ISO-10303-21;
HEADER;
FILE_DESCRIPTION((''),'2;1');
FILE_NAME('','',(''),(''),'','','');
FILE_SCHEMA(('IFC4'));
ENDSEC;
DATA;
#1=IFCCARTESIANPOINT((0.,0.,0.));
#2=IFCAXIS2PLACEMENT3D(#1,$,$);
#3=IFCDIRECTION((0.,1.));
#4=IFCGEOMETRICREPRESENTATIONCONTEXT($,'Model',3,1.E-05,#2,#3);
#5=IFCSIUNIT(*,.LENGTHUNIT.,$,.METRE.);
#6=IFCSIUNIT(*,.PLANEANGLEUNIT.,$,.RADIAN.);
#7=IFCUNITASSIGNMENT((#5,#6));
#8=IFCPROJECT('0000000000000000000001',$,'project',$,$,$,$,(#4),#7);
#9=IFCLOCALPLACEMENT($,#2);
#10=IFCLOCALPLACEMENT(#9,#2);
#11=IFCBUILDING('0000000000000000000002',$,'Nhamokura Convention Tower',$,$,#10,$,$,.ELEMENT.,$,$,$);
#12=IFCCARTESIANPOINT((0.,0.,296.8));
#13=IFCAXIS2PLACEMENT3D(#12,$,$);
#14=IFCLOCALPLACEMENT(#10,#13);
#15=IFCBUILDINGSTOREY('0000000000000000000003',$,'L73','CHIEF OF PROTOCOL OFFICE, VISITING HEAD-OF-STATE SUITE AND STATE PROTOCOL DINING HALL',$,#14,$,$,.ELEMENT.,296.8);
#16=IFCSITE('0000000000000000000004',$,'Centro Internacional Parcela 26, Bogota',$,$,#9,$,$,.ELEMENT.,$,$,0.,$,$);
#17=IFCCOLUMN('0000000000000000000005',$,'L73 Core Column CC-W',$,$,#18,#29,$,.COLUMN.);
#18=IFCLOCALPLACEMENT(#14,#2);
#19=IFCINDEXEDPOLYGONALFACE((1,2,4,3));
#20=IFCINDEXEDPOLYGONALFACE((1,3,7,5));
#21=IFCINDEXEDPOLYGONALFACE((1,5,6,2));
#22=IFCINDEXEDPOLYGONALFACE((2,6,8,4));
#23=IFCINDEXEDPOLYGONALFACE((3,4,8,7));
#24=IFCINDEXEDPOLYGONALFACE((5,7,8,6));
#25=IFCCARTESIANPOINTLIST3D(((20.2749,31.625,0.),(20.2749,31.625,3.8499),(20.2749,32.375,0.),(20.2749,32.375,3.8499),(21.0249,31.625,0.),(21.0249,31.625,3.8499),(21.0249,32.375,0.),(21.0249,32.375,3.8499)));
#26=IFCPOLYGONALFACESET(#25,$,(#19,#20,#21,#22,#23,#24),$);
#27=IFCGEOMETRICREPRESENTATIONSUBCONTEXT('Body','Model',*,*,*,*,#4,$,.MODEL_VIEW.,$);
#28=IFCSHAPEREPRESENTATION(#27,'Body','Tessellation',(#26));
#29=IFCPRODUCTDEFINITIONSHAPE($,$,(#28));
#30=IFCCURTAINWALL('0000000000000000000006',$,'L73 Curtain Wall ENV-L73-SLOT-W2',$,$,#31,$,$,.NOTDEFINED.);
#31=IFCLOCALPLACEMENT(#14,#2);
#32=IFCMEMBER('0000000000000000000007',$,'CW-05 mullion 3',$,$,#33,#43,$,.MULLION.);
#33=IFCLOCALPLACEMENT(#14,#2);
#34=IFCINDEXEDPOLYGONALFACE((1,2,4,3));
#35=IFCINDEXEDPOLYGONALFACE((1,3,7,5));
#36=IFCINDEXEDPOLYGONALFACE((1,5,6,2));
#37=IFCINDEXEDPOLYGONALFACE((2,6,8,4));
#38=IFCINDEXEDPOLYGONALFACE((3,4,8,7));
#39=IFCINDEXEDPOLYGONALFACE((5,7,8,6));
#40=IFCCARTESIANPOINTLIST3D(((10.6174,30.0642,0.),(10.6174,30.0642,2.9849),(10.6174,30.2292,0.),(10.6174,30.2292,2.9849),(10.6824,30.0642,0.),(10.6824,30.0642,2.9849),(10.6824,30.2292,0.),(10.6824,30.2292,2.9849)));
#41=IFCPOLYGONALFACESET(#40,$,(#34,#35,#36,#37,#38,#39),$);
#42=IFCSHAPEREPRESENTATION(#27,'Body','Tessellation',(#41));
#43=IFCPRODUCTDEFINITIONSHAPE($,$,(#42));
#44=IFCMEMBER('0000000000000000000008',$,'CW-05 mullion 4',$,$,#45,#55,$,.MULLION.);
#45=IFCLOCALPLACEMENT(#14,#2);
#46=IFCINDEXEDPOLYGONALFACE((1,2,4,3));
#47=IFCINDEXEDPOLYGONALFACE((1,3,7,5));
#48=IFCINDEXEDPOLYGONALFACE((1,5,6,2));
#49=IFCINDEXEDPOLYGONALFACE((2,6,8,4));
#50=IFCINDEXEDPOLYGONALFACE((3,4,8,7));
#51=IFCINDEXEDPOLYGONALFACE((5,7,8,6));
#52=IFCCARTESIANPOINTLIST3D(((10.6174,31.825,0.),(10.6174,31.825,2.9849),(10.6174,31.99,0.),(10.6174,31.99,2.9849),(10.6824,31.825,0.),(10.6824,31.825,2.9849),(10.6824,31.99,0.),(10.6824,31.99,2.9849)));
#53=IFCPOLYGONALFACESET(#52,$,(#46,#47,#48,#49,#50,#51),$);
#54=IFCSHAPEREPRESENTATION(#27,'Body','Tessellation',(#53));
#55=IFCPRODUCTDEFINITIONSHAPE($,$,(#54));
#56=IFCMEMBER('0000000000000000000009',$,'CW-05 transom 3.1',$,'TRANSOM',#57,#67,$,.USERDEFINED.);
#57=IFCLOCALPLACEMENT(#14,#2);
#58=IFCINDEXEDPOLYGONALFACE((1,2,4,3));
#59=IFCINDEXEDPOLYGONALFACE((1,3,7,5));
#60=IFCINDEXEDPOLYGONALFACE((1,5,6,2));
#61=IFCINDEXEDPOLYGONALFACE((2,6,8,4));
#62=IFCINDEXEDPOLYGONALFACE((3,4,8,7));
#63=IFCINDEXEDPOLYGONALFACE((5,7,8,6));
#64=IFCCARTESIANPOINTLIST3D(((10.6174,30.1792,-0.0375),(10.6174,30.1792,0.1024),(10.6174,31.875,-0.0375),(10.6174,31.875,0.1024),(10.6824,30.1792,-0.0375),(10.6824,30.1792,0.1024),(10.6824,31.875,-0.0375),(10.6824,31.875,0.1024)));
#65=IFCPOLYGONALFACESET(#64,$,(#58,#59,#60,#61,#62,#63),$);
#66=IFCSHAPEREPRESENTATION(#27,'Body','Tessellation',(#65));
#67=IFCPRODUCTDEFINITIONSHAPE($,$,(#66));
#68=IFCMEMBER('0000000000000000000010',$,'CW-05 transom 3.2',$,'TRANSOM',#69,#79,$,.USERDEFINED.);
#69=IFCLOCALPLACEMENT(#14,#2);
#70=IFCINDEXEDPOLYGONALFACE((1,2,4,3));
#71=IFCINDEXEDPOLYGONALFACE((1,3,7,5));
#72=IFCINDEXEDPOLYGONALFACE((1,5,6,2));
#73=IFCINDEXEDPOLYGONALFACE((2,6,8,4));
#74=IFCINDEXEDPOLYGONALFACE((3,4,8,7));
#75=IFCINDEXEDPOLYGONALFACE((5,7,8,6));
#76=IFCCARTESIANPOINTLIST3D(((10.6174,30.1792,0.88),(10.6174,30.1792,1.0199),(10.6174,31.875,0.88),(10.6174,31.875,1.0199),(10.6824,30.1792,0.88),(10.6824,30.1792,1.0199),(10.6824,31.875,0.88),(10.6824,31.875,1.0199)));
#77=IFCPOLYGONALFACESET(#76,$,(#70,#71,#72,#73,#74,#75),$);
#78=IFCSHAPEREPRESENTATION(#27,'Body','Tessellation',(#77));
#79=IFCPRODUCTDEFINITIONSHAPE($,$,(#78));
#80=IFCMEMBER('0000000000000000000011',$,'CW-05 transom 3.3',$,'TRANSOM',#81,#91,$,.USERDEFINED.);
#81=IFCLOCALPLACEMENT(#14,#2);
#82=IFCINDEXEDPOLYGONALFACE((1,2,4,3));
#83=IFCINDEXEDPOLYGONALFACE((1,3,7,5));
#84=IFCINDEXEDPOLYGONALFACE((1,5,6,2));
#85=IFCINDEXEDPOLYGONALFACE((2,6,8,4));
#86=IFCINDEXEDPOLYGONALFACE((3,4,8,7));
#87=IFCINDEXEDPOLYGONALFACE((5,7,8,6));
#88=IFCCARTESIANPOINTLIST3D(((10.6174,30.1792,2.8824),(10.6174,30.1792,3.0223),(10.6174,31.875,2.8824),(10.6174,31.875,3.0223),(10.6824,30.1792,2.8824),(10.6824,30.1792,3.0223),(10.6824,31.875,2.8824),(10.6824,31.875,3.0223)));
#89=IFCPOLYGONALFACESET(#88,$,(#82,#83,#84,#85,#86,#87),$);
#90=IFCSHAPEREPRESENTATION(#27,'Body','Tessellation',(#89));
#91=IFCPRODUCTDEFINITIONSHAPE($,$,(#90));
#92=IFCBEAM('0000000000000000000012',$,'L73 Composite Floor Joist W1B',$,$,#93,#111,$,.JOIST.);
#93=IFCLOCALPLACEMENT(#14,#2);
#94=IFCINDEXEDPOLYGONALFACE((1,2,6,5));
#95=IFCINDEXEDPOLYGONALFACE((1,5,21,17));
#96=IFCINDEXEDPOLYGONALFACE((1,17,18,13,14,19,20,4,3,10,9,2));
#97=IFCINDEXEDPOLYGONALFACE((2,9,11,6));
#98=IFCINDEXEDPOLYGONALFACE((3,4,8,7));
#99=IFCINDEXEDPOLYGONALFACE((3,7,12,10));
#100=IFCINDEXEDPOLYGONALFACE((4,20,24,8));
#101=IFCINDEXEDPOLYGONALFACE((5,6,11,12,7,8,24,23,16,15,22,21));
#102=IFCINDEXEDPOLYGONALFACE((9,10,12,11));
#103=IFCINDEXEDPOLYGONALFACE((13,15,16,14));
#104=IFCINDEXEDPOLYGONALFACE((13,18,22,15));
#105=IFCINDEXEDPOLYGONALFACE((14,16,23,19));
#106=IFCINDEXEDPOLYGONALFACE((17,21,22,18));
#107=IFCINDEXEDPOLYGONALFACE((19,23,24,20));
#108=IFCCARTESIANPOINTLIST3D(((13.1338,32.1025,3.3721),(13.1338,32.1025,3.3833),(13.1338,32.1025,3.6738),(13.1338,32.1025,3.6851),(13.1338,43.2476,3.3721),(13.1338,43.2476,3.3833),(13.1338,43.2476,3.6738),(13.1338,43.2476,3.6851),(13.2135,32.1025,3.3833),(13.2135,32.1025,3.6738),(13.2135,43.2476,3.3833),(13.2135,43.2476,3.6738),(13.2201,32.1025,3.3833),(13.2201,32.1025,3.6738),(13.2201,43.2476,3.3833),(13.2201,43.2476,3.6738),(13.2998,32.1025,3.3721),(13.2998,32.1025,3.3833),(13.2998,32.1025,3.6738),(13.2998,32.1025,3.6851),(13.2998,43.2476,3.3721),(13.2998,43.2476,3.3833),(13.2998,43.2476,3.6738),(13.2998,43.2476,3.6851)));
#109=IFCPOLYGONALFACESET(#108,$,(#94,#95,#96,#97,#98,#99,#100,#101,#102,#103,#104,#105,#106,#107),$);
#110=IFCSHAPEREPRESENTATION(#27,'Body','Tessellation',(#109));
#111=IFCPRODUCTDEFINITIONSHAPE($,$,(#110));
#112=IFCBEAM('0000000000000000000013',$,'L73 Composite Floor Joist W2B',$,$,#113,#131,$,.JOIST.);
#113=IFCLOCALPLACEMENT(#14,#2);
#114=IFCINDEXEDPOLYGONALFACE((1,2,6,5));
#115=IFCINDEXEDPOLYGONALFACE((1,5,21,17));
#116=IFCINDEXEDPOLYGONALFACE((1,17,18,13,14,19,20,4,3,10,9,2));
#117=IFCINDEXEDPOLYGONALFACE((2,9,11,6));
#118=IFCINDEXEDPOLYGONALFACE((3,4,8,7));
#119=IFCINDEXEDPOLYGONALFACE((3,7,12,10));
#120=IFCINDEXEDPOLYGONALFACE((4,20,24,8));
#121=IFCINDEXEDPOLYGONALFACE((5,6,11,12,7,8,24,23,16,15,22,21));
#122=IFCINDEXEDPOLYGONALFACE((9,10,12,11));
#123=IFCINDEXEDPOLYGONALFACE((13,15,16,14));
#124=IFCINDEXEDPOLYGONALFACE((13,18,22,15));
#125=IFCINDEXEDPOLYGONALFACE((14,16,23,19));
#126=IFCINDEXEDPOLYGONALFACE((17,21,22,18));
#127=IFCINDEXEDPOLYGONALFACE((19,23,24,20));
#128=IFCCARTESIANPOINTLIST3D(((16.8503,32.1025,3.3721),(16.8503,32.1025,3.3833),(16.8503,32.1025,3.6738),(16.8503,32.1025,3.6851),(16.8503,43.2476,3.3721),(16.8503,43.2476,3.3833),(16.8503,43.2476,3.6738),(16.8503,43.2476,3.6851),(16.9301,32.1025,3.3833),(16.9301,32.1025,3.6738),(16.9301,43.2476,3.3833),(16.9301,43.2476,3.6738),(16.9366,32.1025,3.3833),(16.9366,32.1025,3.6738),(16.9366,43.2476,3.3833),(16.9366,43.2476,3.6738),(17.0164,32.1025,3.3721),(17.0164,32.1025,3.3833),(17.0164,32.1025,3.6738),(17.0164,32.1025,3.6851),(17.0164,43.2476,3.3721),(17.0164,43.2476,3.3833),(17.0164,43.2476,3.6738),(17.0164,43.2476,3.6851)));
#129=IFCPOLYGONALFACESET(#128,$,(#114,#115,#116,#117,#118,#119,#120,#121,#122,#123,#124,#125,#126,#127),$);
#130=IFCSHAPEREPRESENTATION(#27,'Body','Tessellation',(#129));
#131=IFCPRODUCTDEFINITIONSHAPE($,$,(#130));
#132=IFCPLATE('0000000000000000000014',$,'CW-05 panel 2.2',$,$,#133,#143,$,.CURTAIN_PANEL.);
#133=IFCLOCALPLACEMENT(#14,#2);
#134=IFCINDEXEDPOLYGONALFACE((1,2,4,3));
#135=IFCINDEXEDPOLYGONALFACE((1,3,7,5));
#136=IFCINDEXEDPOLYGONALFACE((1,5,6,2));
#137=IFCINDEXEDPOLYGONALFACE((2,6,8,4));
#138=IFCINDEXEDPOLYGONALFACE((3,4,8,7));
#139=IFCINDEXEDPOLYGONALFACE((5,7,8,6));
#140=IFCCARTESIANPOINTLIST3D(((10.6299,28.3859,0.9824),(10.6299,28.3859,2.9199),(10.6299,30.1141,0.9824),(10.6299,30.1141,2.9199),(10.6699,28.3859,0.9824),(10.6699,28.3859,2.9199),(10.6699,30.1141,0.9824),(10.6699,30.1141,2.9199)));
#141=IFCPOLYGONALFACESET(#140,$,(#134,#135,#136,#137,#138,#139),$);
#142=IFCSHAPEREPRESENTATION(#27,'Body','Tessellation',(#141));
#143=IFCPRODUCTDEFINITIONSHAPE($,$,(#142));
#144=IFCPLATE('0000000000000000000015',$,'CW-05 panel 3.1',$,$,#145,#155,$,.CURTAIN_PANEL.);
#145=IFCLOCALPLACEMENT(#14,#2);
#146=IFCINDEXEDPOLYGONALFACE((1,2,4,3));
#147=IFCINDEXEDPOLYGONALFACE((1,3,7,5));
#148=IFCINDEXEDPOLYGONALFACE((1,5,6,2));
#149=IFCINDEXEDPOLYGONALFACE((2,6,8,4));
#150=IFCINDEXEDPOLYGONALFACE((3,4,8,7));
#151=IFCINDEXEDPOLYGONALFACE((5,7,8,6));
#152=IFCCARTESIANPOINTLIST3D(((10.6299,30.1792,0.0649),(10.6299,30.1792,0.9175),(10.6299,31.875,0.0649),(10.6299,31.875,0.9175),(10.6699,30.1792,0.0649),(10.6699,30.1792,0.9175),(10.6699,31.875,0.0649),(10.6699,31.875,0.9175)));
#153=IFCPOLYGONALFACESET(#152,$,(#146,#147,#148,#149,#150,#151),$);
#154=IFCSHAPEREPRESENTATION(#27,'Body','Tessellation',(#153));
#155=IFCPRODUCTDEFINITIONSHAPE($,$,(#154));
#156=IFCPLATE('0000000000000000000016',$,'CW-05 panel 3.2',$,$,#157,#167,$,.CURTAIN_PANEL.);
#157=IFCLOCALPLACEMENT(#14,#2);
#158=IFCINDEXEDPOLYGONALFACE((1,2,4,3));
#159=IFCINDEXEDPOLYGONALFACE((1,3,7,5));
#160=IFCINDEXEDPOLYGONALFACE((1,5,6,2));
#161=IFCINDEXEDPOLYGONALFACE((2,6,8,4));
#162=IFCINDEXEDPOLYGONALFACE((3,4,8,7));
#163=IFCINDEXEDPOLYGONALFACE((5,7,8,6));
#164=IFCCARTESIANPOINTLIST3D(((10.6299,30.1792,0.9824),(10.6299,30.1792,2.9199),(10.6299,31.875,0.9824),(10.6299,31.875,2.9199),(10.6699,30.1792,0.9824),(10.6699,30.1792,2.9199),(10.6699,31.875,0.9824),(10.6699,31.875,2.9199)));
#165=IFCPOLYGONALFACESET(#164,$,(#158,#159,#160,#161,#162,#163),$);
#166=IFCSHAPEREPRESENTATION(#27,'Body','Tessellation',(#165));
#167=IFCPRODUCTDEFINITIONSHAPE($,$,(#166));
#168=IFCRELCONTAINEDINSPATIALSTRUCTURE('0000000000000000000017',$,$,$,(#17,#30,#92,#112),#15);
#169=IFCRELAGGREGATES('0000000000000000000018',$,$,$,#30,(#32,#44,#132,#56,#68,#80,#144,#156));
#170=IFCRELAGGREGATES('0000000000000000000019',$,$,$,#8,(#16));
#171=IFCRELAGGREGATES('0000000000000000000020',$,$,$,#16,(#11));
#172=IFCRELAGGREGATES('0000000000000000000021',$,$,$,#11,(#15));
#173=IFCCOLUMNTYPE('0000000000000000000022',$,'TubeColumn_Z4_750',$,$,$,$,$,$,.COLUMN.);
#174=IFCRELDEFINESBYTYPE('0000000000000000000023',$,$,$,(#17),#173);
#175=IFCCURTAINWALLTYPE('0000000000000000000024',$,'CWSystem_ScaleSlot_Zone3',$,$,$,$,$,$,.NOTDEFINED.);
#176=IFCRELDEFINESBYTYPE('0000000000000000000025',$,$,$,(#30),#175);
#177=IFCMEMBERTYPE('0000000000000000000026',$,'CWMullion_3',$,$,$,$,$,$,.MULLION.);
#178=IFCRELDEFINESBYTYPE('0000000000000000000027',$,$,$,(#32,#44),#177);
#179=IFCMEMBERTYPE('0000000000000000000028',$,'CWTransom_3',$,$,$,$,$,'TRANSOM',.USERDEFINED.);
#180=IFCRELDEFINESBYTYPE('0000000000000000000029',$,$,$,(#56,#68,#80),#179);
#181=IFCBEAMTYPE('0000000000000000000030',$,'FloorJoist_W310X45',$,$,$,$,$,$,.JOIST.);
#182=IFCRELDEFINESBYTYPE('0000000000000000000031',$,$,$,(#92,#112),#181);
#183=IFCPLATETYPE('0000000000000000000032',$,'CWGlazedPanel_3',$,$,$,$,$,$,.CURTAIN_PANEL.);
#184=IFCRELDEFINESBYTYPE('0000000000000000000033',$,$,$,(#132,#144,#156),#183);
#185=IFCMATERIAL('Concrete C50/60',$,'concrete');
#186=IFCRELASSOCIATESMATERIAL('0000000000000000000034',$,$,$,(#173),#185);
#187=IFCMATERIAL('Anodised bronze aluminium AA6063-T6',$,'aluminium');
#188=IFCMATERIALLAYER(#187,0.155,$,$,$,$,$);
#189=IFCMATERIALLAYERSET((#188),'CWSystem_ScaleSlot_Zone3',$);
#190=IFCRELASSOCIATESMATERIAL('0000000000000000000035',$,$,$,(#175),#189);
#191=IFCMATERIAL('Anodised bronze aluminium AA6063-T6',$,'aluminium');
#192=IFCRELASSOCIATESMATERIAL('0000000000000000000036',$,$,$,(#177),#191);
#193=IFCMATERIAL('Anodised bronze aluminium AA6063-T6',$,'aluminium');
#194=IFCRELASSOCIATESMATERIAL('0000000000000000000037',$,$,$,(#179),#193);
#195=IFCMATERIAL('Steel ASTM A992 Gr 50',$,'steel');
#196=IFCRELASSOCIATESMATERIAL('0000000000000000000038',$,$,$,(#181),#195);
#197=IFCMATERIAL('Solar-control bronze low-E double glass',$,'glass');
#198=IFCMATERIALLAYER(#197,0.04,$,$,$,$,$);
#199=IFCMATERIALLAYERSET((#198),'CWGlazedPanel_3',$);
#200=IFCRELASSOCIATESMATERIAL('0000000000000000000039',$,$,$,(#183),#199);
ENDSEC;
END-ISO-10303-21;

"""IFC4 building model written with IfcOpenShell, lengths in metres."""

from ifc_helpers import new_model, si_unit, direction, frame, origin, origin_2d, place, context, subcontext, project, spatial, rectangle, i_section, extrude, material, layer, layer_set, material_profile, profile_set, type_object, element, aggregate, save


model = new_model("IFC4")

# Units and contexts
model_context = context("Model", 3, precision=1e-05, world=origin(), true_north=direction((0.0, 1.0)))
body_context = subcontext(model_context, "Body", "Model", "MODEL_VIEW")
ifc_project = project(units=[si_unit("LENGTHUNIT", "METRE"), si_unit("PLANEANGLEUNIT", "RADIAN")], contexts=[model_context])

# Site, building, storey
site_placement = place(None, origin())
site = spatial("IfcSite", under=ifc_project, at=site_placement, Name="Centro Internacional Parcela 26, Bogota", CompositionType="ELEMENT", RefElevation=0.0)
building_placement = place(site_placement, origin())
building = spatial("IfcBuilding", under=site, at=building_placement, Name="Nhamokura Convention Tower", CompositionType="ELEMENT")
storey_placement = place(building_placement, frame((0.0, 0.0, 296.8)))
storey = spatial("IfcBuildingStorey", under=building, at=storey_placement, Name="L73", Description="CHIEF OF PROTOCOL OFFICE, VISITING HEAD-OF-STATE SUITE AND STATE PROTOCOL DINING HALL", CompositionType="ELEMENT", Elevation=296.8)

# Column
ifc_material_1 = material(Name="Concrete C50/60", Category="concrete")
ifc_material_profile_1 = material_profile(ifc_material_1, rectangle(XDim=0.75, YDim=0.75, at=origin_2d()))
ifc_profile_set_1 = profile_set([ifc_material_profile_1], Name="Concrete C50/60")
column_type = type_object("IfcColumnType", Name="TubeColumn_Z4_750", PredefinedType="COLUMN", material=ifc_profile_set_1)
column_placement = place(storey_placement, frame((20.6499, 32.0, 0.0), z_axis=(0.0, 0.0, 1.0), x_axis=(1.0, 0.0, 0.0)))
element("IfcColumn", 1, at=column_placement, inside=storey, type_object=column_type, Name="L73 Core Column CC-W", PredefinedType="COLUMN", context=body_context, shape_type="SweptSolid", body=[
    extrude(rectangle(XDim=0.75, YDim=0.75, at=origin_2d()), origin(), (0.0, 0.0, 1.0), 3.8499),
])

# Curtain wall, members
ifc_material_2 = material(Name="Anodised bronze aluminium AA6063-T6", Category="aluminium")
ifc_layer_1 = layer(ifc_material_2, 0.155)
ifc_layer_set_1 = layer_set([ifc_layer_1], Name="CWSystem_ScaleSlot_Zone3")
curtain_wall_type = type_object("IfcCurtainWallType", Name="CWSystem_ScaleSlot_Zone3", PredefinedType="NOTDEFINED", material=ifc_layer_set_1)
curtain_wall_placement = place(storey_placement, origin())
curtain_wall = element("IfcCurtainWall", 2, at=curtain_wall_placement, inside=storey, type_object=curtain_wall_type, Name="L73 Curtain Wall ENV-L73-SLOT-W2", PredefinedType="NOTDEFINED")
ifc_material_3 = material(Name="Anodised bronze aluminium AA6063-T6", Category="aluminium")
ifc_material_profile_2 = material_profile(ifc_material_3, rectangle(XDim=0.0649, YDim=0.165, at=origin_2d()))
ifc_profile_set_2 = profile_set([ifc_material_profile_2], Name="Anodised bronze aluminium AA6063-T6")
member_type_1 = type_object("IfcMemberType", Name="CWMullion_3", PredefinedType="MULLION", material=ifc_profile_set_2)
member_1_placement = place(storey_placement, frame((10.6499, 30.1467, 0.0), z_axis=(0.0, 0.0, 1.0), x_axis=(-1.0, 0.0, 0.0)))
member_1 = element("IfcMember", 3, at=member_1_placement, type_object=member_type_1, Name="CW-05 mullion 3", PredefinedType="MULLION", context=body_context, shape_type="SweptSolid", body=[
    extrude(rectangle(XDim=0.0649, YDim=0.165, at=origin_2d()), origin(), (0.0, 0.0, 1.0), 2.9849),
])
member_2_placement = place(storey_placement, frame((10.6499, 31.9075, 0.0), z_axis=(0.0, 0.0, 1.0), x_axis=(-1.0, 0.0, 0.0)))
member_2 = element("IfcMember", 4, at=member_2_placement, type_object=member_type_1, Name="CW-05 mullion 4", PredefinedType="MULLION", context=body_context, shape_type="SweptSolid", body=[
    extrude(rectangle(XDim=0.0649, YDim=0.165, at=origin_2d()), origin(), (0.0, 0.0, 1.0), 2.9849),
])
ifc_material_4 = material(Name="Anodised bronze aluminium AA6063-T6", Category="aluminium")
ifc_material_profile_3 = material_profile(ifc_material_4, rectangle(XDim=0.0649, YDim=0.1399, at=origin_2d()))
ifc_profile_set_3 = profile_set([ifc_material_profile_3], Name="Anodised bronze aluminium AA6063-T6")
member_type_2 = type_object("IfcMemberType", Name="CWTransom_3", ElementType="TRANSOM", PredefinedType="USERDEFINED", material=ifc_profile_set_3)
member_3_placement = place(storey_placement, frame((10.6499, 30.1792, 0.0325), z_axis=(0.0, 1.0, 0.0), x_axis=(-1.0, 0.0, 0.0)))
member_3 = element("IfcMember", 5, at=member_3_placement, type_object=member_type_2, Name="CW-05 transom 3.1", ObjectType="TRANSOM", PredefinedType="USERDEFINED", context=body_context, shape_type="SweptSolid", body=[
    extrude(rectangle(XDim=0.0649, YDim=0.1399, at=origin_2d()), origin(), (0.0, 0.0, 1.0), 1.6958),
])
member_4_placement = place(storey_placement, frame((10.6499, 30.1792, 0.95), z_axis=(0.0, 1.0, 0.0), x_axis=(-1.0, 0.0, 0.0)))
member_4 = element("IfcMember", 6, at=member_4_placement, type_object=member_type_2, Name="CW-05 transom 3.2", ObjectType="TRANSOM", PredefinedType="USERDEFINED", context=body_context, shape_type="SweptSolid", body=[
    extrude(rectangle(XDim=0.0649, YDim=0.1399, at=origin_2d()), origin(), (0.0, 0.0, 1.0), 1.6958),
])
member_5_placement = place(storey_placement, frame((10.6499, 30.1792, 2.9524), z_axis=(0.0, 1.0, 0.0), x_axis=(-1.0, 0.0, 0.0)))
member_5 = element("IfcMember", 7, at=member_5_placement, type_object=member_type_2, Name="CW-05 transom 3.3", ObjectType="TRANSOM", PredefinedType="USERDEFINED", context=body_context, shape_type="SweptSolid", body=[
    extrude(rectangle(XDim=0.0649, YDim=0.1399, at=origin_2d()), origin(), (0.0, 0.0, 1.0), 1.6958),
])

# Beams
ifc_material_5 = material(Name="Steel ASTM A992 Gr 50", Category="steel")
ifc_material_profile_4 = material_profile(ifc_material_5, i_section(OverallWidth=0.166, OverallDepth=0.313, WebThickness=0.0066, FlangeThickness=0.0112, at=origin_2d()))
ifc_profile_set_4 = profile_set([ifc_material_profile_4], Name="Steel ASTM A992 Gr 50")
beam_type = type_object("IfcBeamType", Name="FloorJoist_W310X45", PredefinedType="JOIST", material=ifc_profile_set_4)
for number, where, z_axis, x_axis, name in (
    (8, (13.2168, 32.1025, 3.5286), (0.0, 1.0, 0.0), (-1.0, 0.0, 0.0), "L73 Composite Floor Joist W1B"),
    (9, (16.9333, 32.1025, 3.5286), (0.0, 1.0, 0.0), (-1.0, 0.0, 0.0), "L73 Composite Floor Joist W2B"),
):
    element("IfcBeam", number, at=place(storey_placement, frame(where, z_axis=z_axis, x_axis=x_axis)), inside=storey, type_object=beam_type, Name=name, PredefinedType="JOIST", context=body_context, shape_type="SweptSolid", body=[
        extrude(i_section(OverallWidth=0.166, OverallDepth=0.313, WebThickness=0.0066, FlangeThickness=0.0112, at=origin_2d()), origin(), (0.0, 0.0, 1.0), 11.145),
    ])

# Plates
ifc_material_6 = material(Name="Solar-control bronze low-E double glass", Category="glass")
ifc_layer_2 = layer(ifc_material_6, 0.04)
ifc_layer_set_2 = layer_set([ifc_layer_2], Name="CWGlazedPanel_3")
plate_type = type_object("IfcPlateType", Name="CWGlazedPanel_3", PredefinedType="CURTAIN_PANEL", material=ifc_layer_set_2)
plate_1_placement = place(storey_placement, frame((10.6499, 29.25, 0.9824), z_axis=(0.0, 0.0, 1.0), x_axis=(0.0, 1.0, 0.0)))
plate_1 = element("IfcPlate", 10, at=plate_1_placement, type_object=plate_type, Name="CW-05 panel 2.2", PredefinedType="CURTAIN_PANEL", context=body_context, shape_type="SweptSolid", body=[
    extrude(rectangle(XDim=1.7283, YDim=0.04, at=origin_2d()), origin(), (0.0, 0.0, 1.0), 1.9375),
])
plate_2_placement = place(storey_placement, frame((10.6499, 31.0271, 0.0649), z_axis=(0.0, 0.0, 1.0), x_axis=(0.0, 1.0, 0.0)))
plate_2 = element("IfcPlate", 11, at=plate_2_placement, type_object=plate_type, Name="CW-05 panel 3.1", PredefinedType="CURTAIN_PANEL", context=body_context, shape_type="SweptSolid", body=[
    extrude(rectangle(XDim=1.6958, YDim=0.04, at=origin_2d()), origin(), (0.0, 0.0, 1.0), 0.8525),
])
plate_3_placement = place(storey_placement, frame((10.6499, 31.0271, 0.9824), z_axis=(0.0, 0.0, 1.0), x_axis=(0.0, 1.0, 0.0)))
plate_3 = element("IfcPlate", 12, at=plate_3_placement, type_object=plate_type, Name="CW-05 panel 3.2", PredefinedType="CURTAIN_PANEL", context=body_context, shape_type="SweptSolid", body=[
    extrude(rectangle(XDim=1.6958, YDim=0.04, at=origin_2d()), origin(), (0.0, 0.0, 1.0), 1.9375),
])
aggregate(curtain_wall, [member_1, member_2, plate_1, member_3, member_4, member_5, plate_2, plate_3])

save(model, "model.ifc")
